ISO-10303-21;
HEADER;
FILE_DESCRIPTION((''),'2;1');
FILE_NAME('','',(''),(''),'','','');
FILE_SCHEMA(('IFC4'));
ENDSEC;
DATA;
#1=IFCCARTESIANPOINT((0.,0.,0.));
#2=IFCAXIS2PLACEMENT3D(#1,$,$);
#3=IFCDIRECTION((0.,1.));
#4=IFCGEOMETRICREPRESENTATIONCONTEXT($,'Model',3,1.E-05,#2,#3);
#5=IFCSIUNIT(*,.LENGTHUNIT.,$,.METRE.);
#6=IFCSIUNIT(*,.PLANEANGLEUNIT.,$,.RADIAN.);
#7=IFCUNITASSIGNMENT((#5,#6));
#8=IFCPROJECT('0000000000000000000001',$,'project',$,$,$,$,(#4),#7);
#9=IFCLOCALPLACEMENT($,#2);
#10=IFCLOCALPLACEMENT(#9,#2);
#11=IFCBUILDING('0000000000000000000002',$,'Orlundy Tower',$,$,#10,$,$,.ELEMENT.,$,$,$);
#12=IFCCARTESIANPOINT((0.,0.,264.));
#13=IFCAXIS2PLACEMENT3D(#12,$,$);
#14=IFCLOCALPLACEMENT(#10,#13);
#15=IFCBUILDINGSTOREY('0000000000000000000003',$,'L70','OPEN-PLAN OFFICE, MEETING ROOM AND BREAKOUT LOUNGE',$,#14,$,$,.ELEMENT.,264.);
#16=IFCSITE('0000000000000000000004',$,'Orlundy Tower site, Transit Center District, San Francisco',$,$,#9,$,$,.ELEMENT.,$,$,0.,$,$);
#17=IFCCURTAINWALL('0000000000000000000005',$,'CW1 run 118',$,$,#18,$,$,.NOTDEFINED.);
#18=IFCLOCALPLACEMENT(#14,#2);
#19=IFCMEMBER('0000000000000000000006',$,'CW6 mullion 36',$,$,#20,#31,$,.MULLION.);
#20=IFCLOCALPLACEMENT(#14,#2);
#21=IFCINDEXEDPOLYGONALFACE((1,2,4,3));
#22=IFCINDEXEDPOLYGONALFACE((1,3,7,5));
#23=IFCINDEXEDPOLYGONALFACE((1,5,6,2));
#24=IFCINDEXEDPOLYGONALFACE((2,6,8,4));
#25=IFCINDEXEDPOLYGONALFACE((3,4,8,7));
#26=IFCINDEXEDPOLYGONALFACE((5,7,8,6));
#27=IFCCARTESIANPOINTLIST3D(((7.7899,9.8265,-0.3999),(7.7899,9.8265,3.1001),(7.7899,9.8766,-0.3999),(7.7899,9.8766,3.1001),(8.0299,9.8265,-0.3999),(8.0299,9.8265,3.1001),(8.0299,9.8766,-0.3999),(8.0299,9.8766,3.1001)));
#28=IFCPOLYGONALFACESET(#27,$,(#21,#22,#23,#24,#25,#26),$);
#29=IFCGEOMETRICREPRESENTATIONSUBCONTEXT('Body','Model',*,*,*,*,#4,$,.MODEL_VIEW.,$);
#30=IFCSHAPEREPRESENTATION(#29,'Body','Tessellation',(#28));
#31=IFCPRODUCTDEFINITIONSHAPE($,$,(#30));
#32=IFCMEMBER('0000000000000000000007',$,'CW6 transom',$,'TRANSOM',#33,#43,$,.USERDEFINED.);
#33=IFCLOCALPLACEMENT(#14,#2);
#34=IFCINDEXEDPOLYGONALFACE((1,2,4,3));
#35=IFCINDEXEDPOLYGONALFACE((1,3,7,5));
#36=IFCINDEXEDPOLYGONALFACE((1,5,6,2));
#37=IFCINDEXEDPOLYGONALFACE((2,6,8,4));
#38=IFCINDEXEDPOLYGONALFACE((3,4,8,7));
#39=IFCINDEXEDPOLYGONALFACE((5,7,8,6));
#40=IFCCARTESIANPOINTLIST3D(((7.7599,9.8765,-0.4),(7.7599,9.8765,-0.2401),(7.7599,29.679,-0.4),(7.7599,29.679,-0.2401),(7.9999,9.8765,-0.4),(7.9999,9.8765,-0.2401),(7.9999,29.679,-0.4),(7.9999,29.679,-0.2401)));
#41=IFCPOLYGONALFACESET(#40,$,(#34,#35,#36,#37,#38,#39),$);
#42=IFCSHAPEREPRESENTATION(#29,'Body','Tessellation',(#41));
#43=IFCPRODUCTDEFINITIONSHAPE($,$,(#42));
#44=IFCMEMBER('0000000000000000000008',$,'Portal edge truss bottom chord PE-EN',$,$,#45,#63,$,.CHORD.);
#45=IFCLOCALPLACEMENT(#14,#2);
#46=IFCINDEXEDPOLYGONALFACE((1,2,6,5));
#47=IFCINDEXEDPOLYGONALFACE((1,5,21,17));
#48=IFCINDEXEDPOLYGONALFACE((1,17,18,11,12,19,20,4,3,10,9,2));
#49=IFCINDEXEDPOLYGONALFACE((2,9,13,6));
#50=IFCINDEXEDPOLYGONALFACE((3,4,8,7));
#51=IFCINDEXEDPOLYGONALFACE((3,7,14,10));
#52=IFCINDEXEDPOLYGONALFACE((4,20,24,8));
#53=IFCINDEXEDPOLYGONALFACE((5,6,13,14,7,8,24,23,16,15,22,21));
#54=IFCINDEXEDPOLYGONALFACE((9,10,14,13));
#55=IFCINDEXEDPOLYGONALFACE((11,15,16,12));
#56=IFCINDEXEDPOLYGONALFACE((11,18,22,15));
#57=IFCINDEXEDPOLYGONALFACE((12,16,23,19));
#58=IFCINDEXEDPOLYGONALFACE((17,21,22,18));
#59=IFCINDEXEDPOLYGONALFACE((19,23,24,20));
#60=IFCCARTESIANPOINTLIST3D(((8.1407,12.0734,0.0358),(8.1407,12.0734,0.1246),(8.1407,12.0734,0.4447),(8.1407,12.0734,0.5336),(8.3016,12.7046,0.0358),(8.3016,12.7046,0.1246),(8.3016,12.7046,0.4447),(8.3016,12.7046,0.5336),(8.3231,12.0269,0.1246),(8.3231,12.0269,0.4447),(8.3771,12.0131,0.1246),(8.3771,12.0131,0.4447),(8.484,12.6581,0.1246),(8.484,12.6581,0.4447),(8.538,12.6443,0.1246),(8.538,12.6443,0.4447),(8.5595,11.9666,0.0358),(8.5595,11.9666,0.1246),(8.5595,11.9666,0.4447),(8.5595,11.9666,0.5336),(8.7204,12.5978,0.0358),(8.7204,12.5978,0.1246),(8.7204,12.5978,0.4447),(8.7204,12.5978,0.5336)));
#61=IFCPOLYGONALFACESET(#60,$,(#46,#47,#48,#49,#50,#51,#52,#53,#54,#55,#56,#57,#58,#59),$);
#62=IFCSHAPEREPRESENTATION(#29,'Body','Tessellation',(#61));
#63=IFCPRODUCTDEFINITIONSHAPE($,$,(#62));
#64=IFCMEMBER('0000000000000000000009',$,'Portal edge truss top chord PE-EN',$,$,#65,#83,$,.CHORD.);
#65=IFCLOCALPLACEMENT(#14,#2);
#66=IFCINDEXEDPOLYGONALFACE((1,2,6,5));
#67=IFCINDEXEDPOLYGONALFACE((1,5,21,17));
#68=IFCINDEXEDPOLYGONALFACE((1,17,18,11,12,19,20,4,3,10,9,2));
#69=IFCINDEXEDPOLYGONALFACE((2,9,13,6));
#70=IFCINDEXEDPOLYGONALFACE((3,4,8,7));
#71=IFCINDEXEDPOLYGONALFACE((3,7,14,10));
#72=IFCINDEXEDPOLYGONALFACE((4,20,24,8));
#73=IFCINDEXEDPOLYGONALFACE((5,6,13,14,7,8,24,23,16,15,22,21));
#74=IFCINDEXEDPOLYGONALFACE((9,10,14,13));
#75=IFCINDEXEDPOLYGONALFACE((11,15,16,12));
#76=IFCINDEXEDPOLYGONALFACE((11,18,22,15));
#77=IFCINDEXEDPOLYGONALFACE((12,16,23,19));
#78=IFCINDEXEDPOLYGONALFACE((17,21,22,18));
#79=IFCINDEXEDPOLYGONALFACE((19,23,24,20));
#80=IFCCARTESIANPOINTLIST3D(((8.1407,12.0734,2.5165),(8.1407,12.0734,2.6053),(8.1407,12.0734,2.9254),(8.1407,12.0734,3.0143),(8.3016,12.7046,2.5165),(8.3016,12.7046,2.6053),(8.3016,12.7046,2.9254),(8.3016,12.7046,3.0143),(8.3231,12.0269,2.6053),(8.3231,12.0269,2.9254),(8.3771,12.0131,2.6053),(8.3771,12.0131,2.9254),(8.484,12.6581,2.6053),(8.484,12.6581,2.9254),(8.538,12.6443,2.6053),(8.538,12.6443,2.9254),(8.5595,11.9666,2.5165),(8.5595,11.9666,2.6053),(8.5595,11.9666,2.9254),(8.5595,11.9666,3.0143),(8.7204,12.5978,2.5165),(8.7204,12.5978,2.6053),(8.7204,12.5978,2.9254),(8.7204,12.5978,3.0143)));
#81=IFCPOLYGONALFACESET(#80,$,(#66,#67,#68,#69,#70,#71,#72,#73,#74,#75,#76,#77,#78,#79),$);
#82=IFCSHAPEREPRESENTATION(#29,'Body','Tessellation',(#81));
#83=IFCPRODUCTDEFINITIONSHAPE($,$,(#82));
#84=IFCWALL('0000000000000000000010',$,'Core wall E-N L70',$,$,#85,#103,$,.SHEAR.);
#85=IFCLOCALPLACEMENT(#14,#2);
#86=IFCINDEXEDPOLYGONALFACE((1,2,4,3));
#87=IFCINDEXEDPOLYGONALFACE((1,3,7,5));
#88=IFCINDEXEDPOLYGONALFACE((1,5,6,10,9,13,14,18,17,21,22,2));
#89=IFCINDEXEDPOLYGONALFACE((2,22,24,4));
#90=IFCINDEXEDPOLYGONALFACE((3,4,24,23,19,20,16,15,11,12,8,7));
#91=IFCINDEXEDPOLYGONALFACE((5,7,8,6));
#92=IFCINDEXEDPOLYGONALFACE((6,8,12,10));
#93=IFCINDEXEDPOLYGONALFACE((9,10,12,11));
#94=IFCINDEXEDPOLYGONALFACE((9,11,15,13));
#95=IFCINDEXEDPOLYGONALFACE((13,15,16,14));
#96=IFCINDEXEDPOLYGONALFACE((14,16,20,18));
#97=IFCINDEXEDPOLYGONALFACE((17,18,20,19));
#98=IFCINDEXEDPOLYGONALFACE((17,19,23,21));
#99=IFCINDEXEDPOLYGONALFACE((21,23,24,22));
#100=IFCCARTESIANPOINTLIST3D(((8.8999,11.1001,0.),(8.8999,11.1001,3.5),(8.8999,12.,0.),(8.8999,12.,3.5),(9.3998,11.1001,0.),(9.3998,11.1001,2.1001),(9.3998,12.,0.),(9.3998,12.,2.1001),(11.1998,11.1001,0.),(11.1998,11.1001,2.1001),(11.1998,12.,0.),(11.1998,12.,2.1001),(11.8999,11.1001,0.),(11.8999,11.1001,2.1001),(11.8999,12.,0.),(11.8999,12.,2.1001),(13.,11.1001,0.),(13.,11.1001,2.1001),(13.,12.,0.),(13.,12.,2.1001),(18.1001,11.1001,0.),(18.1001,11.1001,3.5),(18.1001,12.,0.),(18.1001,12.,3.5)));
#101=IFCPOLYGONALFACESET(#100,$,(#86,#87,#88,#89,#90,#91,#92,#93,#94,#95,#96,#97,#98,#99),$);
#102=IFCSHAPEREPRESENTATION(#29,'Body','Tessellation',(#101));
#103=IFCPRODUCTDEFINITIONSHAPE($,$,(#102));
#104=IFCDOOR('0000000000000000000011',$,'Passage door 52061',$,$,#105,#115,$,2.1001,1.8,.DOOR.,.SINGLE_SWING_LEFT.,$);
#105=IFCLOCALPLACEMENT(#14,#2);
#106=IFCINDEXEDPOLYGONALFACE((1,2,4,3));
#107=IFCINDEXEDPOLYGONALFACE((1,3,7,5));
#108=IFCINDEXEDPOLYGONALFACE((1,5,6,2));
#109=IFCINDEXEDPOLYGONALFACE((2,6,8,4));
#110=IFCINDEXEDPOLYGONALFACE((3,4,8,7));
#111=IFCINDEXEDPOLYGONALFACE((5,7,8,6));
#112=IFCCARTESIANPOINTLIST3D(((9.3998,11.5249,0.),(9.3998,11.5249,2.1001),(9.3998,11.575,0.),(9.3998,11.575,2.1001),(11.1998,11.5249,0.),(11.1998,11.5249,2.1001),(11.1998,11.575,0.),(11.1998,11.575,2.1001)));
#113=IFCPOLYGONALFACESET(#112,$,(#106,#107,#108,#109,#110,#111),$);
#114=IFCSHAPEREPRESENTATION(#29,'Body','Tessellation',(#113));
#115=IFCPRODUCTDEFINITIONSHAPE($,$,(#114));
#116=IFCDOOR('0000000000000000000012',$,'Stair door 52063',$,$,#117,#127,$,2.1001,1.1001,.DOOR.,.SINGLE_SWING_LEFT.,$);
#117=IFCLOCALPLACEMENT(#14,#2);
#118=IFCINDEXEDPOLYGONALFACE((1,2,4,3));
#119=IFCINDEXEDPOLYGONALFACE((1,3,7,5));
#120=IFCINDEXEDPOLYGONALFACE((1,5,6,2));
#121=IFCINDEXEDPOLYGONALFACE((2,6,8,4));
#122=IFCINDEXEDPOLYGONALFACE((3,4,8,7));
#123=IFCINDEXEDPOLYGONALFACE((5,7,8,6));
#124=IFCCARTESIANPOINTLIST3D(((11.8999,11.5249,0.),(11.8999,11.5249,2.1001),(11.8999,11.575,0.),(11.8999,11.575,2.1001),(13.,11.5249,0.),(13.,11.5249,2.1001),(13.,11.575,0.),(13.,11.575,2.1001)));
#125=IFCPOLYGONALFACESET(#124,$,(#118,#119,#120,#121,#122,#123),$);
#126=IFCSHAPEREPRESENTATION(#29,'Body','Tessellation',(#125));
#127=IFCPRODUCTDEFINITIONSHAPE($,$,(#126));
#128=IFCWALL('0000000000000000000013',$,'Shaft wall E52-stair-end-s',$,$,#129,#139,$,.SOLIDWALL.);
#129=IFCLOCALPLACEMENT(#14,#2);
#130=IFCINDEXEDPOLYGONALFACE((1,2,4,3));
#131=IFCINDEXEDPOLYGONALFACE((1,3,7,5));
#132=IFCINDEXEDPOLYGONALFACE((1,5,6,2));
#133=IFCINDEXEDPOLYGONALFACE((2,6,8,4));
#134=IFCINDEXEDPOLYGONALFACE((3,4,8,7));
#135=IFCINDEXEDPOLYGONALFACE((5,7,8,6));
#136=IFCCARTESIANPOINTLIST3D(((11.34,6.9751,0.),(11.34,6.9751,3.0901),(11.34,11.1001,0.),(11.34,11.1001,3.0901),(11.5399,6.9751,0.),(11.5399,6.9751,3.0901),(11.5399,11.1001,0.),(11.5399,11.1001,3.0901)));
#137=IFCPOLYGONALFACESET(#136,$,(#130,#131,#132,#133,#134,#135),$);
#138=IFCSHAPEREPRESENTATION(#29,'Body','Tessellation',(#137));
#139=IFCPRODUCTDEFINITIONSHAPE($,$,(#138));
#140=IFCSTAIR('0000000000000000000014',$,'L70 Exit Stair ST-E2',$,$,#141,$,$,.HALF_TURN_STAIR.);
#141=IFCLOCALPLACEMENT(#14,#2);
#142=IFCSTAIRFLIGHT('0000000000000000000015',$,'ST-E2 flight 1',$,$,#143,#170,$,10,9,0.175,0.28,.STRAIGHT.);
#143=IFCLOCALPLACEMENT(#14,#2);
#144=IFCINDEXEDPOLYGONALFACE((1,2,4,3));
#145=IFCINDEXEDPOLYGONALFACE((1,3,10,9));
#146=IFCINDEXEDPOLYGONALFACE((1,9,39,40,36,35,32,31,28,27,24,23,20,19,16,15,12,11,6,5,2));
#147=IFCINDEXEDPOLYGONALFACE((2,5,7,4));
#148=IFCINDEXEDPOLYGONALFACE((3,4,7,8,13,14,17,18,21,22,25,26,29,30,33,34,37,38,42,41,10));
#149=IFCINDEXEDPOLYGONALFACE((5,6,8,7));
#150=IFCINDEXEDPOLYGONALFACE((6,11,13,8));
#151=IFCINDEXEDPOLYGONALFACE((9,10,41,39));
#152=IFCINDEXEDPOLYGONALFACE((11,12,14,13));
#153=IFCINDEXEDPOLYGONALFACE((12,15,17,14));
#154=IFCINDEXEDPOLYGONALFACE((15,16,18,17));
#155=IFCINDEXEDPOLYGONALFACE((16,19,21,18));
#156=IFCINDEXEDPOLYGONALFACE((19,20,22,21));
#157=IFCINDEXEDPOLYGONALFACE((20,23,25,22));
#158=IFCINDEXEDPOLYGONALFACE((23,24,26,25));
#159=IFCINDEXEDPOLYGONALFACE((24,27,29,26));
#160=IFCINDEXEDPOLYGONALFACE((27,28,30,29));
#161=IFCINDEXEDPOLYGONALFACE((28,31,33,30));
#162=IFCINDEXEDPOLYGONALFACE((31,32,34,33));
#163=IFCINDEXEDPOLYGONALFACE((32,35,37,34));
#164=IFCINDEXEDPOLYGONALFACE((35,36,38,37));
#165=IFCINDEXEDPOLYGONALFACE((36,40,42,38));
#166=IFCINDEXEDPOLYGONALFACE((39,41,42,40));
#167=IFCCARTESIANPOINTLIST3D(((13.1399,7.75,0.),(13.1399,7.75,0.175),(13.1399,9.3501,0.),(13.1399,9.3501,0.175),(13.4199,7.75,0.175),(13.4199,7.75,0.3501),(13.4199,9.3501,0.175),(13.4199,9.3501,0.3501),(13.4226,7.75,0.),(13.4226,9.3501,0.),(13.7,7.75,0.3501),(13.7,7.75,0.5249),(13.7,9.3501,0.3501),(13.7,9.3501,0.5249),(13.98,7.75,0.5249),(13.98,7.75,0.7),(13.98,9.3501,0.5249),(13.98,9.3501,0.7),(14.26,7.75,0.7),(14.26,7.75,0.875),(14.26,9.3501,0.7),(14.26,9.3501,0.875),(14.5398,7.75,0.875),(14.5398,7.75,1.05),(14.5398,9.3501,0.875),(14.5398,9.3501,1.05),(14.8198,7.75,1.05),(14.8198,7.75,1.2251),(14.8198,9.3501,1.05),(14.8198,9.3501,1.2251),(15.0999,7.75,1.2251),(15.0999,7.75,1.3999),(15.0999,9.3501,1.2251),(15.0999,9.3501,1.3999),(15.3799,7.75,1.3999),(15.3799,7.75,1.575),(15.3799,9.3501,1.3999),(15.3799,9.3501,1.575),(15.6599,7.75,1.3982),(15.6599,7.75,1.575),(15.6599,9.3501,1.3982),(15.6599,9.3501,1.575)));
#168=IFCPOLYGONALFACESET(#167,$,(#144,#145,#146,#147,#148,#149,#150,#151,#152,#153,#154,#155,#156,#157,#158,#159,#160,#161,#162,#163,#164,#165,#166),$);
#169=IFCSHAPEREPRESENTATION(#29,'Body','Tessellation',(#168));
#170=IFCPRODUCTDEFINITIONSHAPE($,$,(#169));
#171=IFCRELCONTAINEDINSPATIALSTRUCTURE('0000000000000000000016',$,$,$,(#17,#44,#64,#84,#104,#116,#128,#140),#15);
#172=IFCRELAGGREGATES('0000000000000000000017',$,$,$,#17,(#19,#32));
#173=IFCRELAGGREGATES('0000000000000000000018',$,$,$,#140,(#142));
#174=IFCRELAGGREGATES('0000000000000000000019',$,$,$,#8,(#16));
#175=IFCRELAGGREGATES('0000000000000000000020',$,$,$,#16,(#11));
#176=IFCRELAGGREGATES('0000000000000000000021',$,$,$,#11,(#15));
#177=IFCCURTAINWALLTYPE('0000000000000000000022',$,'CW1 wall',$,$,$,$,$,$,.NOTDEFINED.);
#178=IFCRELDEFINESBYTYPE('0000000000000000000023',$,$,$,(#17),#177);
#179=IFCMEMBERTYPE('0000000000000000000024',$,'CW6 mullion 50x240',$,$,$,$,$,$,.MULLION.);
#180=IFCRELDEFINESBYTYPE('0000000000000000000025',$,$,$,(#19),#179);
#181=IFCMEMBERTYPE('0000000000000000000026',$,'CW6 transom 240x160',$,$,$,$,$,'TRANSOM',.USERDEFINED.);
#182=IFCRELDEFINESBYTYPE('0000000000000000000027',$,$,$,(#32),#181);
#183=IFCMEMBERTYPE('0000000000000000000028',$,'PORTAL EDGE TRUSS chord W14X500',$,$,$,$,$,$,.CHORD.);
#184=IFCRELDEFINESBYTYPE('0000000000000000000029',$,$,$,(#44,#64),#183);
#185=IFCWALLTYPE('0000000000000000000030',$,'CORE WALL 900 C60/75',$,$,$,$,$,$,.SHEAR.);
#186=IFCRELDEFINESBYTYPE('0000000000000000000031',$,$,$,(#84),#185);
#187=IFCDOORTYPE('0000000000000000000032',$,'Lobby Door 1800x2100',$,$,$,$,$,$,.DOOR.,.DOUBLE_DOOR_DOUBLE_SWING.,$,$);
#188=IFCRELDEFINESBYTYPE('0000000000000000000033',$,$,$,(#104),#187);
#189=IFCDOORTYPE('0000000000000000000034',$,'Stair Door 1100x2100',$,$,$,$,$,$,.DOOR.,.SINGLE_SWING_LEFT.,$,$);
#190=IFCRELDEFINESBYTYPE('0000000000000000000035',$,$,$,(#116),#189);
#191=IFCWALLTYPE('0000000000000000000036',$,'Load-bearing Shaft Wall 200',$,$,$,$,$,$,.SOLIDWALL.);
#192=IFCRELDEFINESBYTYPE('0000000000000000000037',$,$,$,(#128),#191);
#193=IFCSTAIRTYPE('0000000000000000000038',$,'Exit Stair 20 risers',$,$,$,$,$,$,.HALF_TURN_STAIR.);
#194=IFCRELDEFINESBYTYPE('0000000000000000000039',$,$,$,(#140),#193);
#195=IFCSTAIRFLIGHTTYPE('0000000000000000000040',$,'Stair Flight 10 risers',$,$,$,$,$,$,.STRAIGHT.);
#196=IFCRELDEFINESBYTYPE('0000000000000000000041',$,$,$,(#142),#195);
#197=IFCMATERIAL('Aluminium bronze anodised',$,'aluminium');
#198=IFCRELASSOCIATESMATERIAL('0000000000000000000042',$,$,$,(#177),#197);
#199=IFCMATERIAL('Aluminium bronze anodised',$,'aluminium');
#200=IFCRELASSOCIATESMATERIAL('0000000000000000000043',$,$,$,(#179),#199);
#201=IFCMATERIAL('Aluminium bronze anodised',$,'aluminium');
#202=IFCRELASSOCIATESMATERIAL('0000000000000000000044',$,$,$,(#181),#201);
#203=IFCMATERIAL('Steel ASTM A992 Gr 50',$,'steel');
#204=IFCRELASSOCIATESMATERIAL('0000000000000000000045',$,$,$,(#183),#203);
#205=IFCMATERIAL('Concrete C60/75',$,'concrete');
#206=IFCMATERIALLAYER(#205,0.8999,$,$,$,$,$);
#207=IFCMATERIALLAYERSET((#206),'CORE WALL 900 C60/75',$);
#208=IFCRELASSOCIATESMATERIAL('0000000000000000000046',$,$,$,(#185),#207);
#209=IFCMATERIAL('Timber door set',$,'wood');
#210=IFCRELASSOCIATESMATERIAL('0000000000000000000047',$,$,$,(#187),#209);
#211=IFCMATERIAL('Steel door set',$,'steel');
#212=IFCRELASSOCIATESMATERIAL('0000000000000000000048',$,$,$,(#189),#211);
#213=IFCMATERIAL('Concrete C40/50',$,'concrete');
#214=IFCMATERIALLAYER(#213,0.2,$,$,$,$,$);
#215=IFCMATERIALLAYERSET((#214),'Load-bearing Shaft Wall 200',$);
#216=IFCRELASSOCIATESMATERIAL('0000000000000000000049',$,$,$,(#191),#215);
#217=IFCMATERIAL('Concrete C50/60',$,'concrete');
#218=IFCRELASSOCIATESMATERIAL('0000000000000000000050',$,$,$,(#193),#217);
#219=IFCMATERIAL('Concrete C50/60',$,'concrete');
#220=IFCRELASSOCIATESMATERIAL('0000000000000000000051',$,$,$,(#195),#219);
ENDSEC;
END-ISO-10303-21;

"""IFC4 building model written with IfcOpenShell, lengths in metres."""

from ifc_helpers import new_model, si_unit, direction, frame, frame_2d, origin, origin_2d, place, context, subcontext, project, spatial, polyline, rectangle, i_section, outline, extrude, material, layer, layer_set, material_profile, profile_set, type_object, element, fill, aggregate, save


model = new_model("IFC4")

# Units and contexts
model_context = context("Model", 3, precision=1e-05, world=origin(), true_north=direction((0.0, 1.0)))
body_context = subcontext(model_context, "Body", "Model", "MODEL_VIEW")
ifc_project = project(units=[si_unit("LENGTHUNIT", "METRE"), si_unit("PLANEANGLEUNIT", "RADIAN")], contexts=[model_context])

# Site, building, storey
site_placement = place(None, origin())
site = spatial("IfcSite", under=ifc_project, at=site_placement, Name="Orlundy Tower site, Transit Center District, San Francisco", CompositionType="ELEMENT", RefElevation=0.0)
building_placement = place(site_placement, origin())
building = spatial("IfcBuilding", under=site, at=building_placement, Name="Orlundy Tower", CompositionType="ELEMENT")
storey_placement = place(building_placement, frame((0.0, 0.0, 264.0)))
storey = spatial("IfcBuildingStorey", under=building, at=storey_placement, Name="L70", Description="OPEN-PLAN OFFICE, MEETING ROOM AND BREAKOUT LOUNGE", CompositionType="ELEMENT", Elevation=264.0)

# Curtain wall, members
ifc_material_1 = material(Name="Aluminium bronze anodised", Category="aluminium")
curtain_wall_type = type_object("IfcCurtainWallType", Name="CW1 wall", PredefinedType="NOTDEFINED", material=ifc_material_1)
curtain_wall_placement = place(storey_placement, origin())
curtain_wall = element("IfcCurtainWall", 1, at=curtain_wall_placement, inside=storey, type_object=curtain_wall_type, Name="CW1 run 118", PredefinedType="NOTDEFINED")
ifc_material_2 = material(Name="Aluminium bronze anodised", Category="aluminium")
ifc_material_profile_1 = material_profile(ifc_material_2, rectangle(XDim=0.24, YDim=0.05, at=origin_2d()), Name="CW6 mullion 50x240")
ifc_profile_set_1 = profile_set([ifc_material_profile_1], Name="Aluminium bronze anodised")
member_type_1 = type_object("IfcMemberType", Name="CW6 mullion 50x240", PredefinedType="MULLION", material=ifc_profile_set_1)
member_1_placement = place(storey_placement, frame((7.9099, 9.8516, -0.3999), z_axis=(0.0, 0.0, 1.0), x_axis=(-1.0, 0.0, 0.0)))
member_1 = element("IfcMember", 2, at=member_1_placement, type_object=member_type_1, Name="CW6 mullion 36", PredefinedType="MULLION", context=body_context, shape_type="SweptSolid", body=[
    extrude(rectangle(XDim=0.24, YDim=0.05, at=origin_2d()), origin(), (0.0, 0.0, 1.0), 3.5),
])
ifc_material_3 = material(Name="Aluminium bronze anodised", Category="aluminium")
ifc_material_profile_2 = material_profile(ifc_material_3, rectangle(XDim=0.24, YDim=0.1599, at=origin_2d()), Name="CW6 transom 240x160")
ifc_profile_set_2 = profile_set([ifc_material_profile_2], Name="Aluminium bronze anodised")
member_type_2 = type_object("IfcMemberType", Name="CW6 transom 240x160", ElementType="TRANSOM", PredefinedType="USERDEFINED", material=ifc_profile_set_2)
member_2_placement = place(storey_placement, frame((7.8799, 9.8765, -0.3201), z_axis=(0.0, 1.0, 0.0), x_axis=(-1.0, 0.0, 0.0)))
member_2 = element("IfcMember", 3, at=member_2_placement, type_object=member_type_2, Name="CW6 transom", ObjectType="TRANSOM", PredefinedType="USERDEFINED", context=body_context, shape_type="SweptSolid", body=[
    extrude(rectangle(XDim=0.24, YDim=0.1599, at=origin_2d()), origin(), (0.0, 0.0, 1.0), 19.8025),
])
aggregate(curtain_wall, [member_1, member_2])

# Members
ifc_material_4 = material(Name="Steel ASTM A992 Gr 50", Category="steel")
ifc_material_profile_3 = material_profile(ifc_material_4, i_section(OverallWidth=0.4321, OverallDepth=0.4978, WebThickness=0.0557, FlangeThickness=0.0889, at=origin_2d()), Name="W14X500")
ifc_profile_set_3 = profile_set([ifc_material_profile_3], Name="Steel ASTM A992 Gr 50")
member_type_3 = type_object("IfcMemberType", Name="PORTAL EDGE TRUSS chord W14X500", PredefinedType="CHORD", material=ifc_profile_set_3)
for number, where, z_axis, x_axis, name in (
    (4, (8.3501, 12.02, 0.2847), (0.247031, 0.969007, 0.0), (-0.969007, 0.247031, 0.0), "Portal edge truss bottom chord PE-EN"),
    (5, (8.3501, 12.02, 2.7654), (0.247031, 0.969007, 0.0), (-0.969007, 0.247031, 0.0), "Portal edge truss top chord PE-EN"),
):
    element("IfcMember", number, at=place(storey_placement, frame(where, z_axis=z_axis, x_axis=x_axis)), inside=storey, type_object=member_type_3, Name=name, PredefinedType="CHORD", context=body_context, shape_type="SweptSolid", body=[
        extrude(i_section(OverallWidth=0.4321, OverallDepth=0.4978, WebThickness=0.0557, FlangeThickness=0.0889, at=origin_2d()), origin(), (0.0, 0.0, 1.0), 0.6514),
    ])

# Wall, openings, doors
ifc_material_5 = material(Name="Concrete C60/75", Category="concrete")
ifc_layer_1 = layer(ifc_material_5, 0.8999)
ifc_layer_set_1 = layer_set([ifc_layer_1], Name="CORE WALL 900 C60/75")
wall_type_1 = type_object("IfcWallType", Name="CORE WALL 900 C60/75", PredefinedType="SHEAR", material=ifc_layer_set_1)
wall_1_placement = place(storey_placement, frame((8.8999, 11.55, 0.0), z_axis=(0.0, 0.0, 1.0), x_axis=(1.0, 0.0, 0.0)))
wall_1 = element("IfcWall", 6, at=wall_1_placement, inside=storey, type_object=wall_type_1, Name="Core wall E-N L70", PredefinedType="SHEAR", context=body_context, shape_type="SweptSolid", body=[
    extrude(rectangle(XDim=9.2002, YDim=0.8999, at=frame_2d((4.6001, 0.0))), origin(), (0.0, 0.0, 1.0), 3.5),
])
opening_1_placement = place(wall_1_placement, frame((0.5, 0.0, 0.0)))
opening_1 = element("IfcOpeningElement", 7, at=opening_1_placement, cuts=wall_1, PredefinedType="OPENING", context=body_context, shape_type="SweptSolid", body=[
    extrude(rectangle(XDim=1.8, YDim=2.1001, at=frame_2d((0.8999, 1.05))), frame((0.0, 0.46, 0.0), z_axis=(0.0, -1.0, 0.0), x_axis=(1.0, 0.0, 0.0)), (0.0, 0.0, 1.0), 0.9199),
])
opening_2_placement = place(wall_1_placement, frame((3.0, 0.0, 0.0)))
opening_2 = element("IfcOpeningElement", 8, at=opening_2_placement, cuts=wall_1, PredefinedType="OPENING", context=body_context, shape_type="SweptSolid", body=[
    extrude(rectangle(XDim=1.1001, YDim=2.1001, at=frame_2d((0.55, 1.05))), frame((0.0, 0.46, 0.0), z_axis=(0.0, -1.0, 0.0), x_axis=(1.0, 0.0, 0.0)), (0.0, 0.0, 1.0), 0.9199),
])
ifc_material_6 = material(Name="Timber door set", Category="wood")
door_type_1 = type_object("IfcDoorType", Name="Lobby Door 1800x2100", OperationType="DOUBLE_DOOR_DOUBLE_SWING", PredefinedType="DOOR", material=ifc_material_6)
door_1_placement = place(opening_1_placement, origin())
door_1 = element("IfcDoor", 9, at=door_1_placement, inside=storey, type_object=door_type_1, Name="Passage door 52061", OperationType="SINGLE_SWING_LEFT", OverallHeight=2.1001, OverallWidth=1.8, PredefinedType="DOOR", context=body_context, shape_type="SweptSolid", body=[
    extrude(rectangle(XDim=1.8, YDim=2.1001, at=frame_2d((0.8999, 1.05))), frame((0.0, 0.0249, 0.0), z_axis=(0.0, -1.0, 0.0), x_axis=(1.0, 0.0, 0.0)), (0.0, 0.0, 1.0), 0.05),
])
fill(opening_1, door_1)
ifc_material_7 = material(Name="Steel door set", Category="steel")
door_type_2 = type_object("IfcDoorType", Name="Stair Door 1100x2100", OperationType="SINGLE_SWING_LEFT", PredefinedType="DOOR", material=ifc_material_7)
door_2_placement = place(opening_2_placement, origin())
door_2 = element("IfcDoor", 10, at=door_2_placement, inside=storey, type_object=door_type_2, Name="Stair door 52063", OperationType="SINGLE_SWING_LEFT", OverallHeight=2.1001, OverallWidth=1.1001, PredefinedType="DOOR", context=body_context, shape_type="SweptSolid", body=[
    extrude(rectangle(XDim=1.1001, YDim=2.1001, at=frame_2d((0.55, 1.05))), frame((0.0, 0.0249, 0.0), z_axis=(0.0, -1.0, 0.0), x_axis=(1.0, 0.0, 0.0)), (0.0, 0.0, 1.0), 0.05),
])
fill(opening_2, door_2)

# Wall
ifc_material_8 = material(Name="Concrete C40/50", Category="concrete")
ifc_layer_2 = layer(ifc_material_8, 0.2)
ifc_layer_set_2 = layer_set([ifc_layer_2], Name="Load-bearing Shaft Wall 200")
wall_type_2 = type_object("IfcWallType", Name="Load-bearing Shaft Wall 200", PredefinedType="SOLIDWALL", material=ifc_layer_set_2)
wall_2_placement = place(storey_placement, frame((11.4399, 11.1001, 0.0), z_axis=(0.0, 0.0, 1.0), x_axis=(0.0, -1.0, 0.0)))
element("IfcWall", 11, at=wall_2_placement, inside=storey, type_object=wall_type_2, Name="Shaft wall E52-stair-end-s", PredefinedType="SOLIDWALL", context=body_context, shape_type="SweptSolid", body=[
    extrude(rectangle(XDim=4.125, YDim=0.2, at=frame_2d((2.0625, 0.0))), origin(), (0.0, 0.0, 1.0), 3.0901),
])

# Stair, stair flight
ifc_material_9 = material(Name="Concrete C50/60", Category="concrete")
stair_type = type_object("IfcStairType", Name="Exit Stair 20 risers", PredefinedType="HALF_TURN_STAIR", material=ifc_material_9)
stair_placement = place(storey_placement, origin())
stair = element("IfcStair", 12, at=stair_placement, inside=storey, type_object=stair_type, Name="L70 Exit Stair ST-E2", PredefinedType="HALF_TURN_STAIR")
ifc_material_10 = material(Name="Concrete C50/60", Category="concrete")
stair_flight_type = type_object("IfcStairFlightType", Name="Stair Flight 10 risers", PredefinedType="STRAIGHT", material=ifc_material_10)
stair_flight_1_placement = place(storey_placement, frame((13.1399, 8.55, 0.0), z_axis=(0.0, 0.0, 1.0), x_axis=(1.0, 0.0, 0.0)))
stair_flight_1 = element("IfcStairFlight", 13, at=stair_flight_1_placement, type_object=stair_flight_type, Name="ST-E2 flight 1", NumberOfRisers=10, NumberOfTreads=9, PredefinedType="STRAIGHT", RiserHeight=0.175, TreadLength=0.28, context=body_context, shape_type="SweptSolid", body=[
    extrude(outline(polyline([(0.0, 0.0), (0.0, 0.175), (0.28, 0.175), (0.28, 0.3501), (0.5601, 0.3501), (0.5601, 0.5249), (0.8401, 0.5249), (0.8401, 0.7), (1.1201, 0.7), (1.1201, 0.875), (1.3999, 0.875), (1.3999, 1.05), (1.6799, 1.05), (1.6799, 1.2251), (1.96, 1.2251), (1.96, 1.3999), (2.24, 1.3999), (2.24, 1.575), (2.52, 1.575), (2.52, 1.75), (2.52, 1.3982), (0.2827, 0.0), (0.0, 0.0)])), frame((0.0, 0.8, 0.0), z_axis=(0.0, -1.0, 0.0), x_axis=(1.0, 0.0, 0.0)), (0.0, 0.0, 1.0), 1.6001),
])
aggregate(stair, [stair_flight_1])

save(model, "model.ifc")
